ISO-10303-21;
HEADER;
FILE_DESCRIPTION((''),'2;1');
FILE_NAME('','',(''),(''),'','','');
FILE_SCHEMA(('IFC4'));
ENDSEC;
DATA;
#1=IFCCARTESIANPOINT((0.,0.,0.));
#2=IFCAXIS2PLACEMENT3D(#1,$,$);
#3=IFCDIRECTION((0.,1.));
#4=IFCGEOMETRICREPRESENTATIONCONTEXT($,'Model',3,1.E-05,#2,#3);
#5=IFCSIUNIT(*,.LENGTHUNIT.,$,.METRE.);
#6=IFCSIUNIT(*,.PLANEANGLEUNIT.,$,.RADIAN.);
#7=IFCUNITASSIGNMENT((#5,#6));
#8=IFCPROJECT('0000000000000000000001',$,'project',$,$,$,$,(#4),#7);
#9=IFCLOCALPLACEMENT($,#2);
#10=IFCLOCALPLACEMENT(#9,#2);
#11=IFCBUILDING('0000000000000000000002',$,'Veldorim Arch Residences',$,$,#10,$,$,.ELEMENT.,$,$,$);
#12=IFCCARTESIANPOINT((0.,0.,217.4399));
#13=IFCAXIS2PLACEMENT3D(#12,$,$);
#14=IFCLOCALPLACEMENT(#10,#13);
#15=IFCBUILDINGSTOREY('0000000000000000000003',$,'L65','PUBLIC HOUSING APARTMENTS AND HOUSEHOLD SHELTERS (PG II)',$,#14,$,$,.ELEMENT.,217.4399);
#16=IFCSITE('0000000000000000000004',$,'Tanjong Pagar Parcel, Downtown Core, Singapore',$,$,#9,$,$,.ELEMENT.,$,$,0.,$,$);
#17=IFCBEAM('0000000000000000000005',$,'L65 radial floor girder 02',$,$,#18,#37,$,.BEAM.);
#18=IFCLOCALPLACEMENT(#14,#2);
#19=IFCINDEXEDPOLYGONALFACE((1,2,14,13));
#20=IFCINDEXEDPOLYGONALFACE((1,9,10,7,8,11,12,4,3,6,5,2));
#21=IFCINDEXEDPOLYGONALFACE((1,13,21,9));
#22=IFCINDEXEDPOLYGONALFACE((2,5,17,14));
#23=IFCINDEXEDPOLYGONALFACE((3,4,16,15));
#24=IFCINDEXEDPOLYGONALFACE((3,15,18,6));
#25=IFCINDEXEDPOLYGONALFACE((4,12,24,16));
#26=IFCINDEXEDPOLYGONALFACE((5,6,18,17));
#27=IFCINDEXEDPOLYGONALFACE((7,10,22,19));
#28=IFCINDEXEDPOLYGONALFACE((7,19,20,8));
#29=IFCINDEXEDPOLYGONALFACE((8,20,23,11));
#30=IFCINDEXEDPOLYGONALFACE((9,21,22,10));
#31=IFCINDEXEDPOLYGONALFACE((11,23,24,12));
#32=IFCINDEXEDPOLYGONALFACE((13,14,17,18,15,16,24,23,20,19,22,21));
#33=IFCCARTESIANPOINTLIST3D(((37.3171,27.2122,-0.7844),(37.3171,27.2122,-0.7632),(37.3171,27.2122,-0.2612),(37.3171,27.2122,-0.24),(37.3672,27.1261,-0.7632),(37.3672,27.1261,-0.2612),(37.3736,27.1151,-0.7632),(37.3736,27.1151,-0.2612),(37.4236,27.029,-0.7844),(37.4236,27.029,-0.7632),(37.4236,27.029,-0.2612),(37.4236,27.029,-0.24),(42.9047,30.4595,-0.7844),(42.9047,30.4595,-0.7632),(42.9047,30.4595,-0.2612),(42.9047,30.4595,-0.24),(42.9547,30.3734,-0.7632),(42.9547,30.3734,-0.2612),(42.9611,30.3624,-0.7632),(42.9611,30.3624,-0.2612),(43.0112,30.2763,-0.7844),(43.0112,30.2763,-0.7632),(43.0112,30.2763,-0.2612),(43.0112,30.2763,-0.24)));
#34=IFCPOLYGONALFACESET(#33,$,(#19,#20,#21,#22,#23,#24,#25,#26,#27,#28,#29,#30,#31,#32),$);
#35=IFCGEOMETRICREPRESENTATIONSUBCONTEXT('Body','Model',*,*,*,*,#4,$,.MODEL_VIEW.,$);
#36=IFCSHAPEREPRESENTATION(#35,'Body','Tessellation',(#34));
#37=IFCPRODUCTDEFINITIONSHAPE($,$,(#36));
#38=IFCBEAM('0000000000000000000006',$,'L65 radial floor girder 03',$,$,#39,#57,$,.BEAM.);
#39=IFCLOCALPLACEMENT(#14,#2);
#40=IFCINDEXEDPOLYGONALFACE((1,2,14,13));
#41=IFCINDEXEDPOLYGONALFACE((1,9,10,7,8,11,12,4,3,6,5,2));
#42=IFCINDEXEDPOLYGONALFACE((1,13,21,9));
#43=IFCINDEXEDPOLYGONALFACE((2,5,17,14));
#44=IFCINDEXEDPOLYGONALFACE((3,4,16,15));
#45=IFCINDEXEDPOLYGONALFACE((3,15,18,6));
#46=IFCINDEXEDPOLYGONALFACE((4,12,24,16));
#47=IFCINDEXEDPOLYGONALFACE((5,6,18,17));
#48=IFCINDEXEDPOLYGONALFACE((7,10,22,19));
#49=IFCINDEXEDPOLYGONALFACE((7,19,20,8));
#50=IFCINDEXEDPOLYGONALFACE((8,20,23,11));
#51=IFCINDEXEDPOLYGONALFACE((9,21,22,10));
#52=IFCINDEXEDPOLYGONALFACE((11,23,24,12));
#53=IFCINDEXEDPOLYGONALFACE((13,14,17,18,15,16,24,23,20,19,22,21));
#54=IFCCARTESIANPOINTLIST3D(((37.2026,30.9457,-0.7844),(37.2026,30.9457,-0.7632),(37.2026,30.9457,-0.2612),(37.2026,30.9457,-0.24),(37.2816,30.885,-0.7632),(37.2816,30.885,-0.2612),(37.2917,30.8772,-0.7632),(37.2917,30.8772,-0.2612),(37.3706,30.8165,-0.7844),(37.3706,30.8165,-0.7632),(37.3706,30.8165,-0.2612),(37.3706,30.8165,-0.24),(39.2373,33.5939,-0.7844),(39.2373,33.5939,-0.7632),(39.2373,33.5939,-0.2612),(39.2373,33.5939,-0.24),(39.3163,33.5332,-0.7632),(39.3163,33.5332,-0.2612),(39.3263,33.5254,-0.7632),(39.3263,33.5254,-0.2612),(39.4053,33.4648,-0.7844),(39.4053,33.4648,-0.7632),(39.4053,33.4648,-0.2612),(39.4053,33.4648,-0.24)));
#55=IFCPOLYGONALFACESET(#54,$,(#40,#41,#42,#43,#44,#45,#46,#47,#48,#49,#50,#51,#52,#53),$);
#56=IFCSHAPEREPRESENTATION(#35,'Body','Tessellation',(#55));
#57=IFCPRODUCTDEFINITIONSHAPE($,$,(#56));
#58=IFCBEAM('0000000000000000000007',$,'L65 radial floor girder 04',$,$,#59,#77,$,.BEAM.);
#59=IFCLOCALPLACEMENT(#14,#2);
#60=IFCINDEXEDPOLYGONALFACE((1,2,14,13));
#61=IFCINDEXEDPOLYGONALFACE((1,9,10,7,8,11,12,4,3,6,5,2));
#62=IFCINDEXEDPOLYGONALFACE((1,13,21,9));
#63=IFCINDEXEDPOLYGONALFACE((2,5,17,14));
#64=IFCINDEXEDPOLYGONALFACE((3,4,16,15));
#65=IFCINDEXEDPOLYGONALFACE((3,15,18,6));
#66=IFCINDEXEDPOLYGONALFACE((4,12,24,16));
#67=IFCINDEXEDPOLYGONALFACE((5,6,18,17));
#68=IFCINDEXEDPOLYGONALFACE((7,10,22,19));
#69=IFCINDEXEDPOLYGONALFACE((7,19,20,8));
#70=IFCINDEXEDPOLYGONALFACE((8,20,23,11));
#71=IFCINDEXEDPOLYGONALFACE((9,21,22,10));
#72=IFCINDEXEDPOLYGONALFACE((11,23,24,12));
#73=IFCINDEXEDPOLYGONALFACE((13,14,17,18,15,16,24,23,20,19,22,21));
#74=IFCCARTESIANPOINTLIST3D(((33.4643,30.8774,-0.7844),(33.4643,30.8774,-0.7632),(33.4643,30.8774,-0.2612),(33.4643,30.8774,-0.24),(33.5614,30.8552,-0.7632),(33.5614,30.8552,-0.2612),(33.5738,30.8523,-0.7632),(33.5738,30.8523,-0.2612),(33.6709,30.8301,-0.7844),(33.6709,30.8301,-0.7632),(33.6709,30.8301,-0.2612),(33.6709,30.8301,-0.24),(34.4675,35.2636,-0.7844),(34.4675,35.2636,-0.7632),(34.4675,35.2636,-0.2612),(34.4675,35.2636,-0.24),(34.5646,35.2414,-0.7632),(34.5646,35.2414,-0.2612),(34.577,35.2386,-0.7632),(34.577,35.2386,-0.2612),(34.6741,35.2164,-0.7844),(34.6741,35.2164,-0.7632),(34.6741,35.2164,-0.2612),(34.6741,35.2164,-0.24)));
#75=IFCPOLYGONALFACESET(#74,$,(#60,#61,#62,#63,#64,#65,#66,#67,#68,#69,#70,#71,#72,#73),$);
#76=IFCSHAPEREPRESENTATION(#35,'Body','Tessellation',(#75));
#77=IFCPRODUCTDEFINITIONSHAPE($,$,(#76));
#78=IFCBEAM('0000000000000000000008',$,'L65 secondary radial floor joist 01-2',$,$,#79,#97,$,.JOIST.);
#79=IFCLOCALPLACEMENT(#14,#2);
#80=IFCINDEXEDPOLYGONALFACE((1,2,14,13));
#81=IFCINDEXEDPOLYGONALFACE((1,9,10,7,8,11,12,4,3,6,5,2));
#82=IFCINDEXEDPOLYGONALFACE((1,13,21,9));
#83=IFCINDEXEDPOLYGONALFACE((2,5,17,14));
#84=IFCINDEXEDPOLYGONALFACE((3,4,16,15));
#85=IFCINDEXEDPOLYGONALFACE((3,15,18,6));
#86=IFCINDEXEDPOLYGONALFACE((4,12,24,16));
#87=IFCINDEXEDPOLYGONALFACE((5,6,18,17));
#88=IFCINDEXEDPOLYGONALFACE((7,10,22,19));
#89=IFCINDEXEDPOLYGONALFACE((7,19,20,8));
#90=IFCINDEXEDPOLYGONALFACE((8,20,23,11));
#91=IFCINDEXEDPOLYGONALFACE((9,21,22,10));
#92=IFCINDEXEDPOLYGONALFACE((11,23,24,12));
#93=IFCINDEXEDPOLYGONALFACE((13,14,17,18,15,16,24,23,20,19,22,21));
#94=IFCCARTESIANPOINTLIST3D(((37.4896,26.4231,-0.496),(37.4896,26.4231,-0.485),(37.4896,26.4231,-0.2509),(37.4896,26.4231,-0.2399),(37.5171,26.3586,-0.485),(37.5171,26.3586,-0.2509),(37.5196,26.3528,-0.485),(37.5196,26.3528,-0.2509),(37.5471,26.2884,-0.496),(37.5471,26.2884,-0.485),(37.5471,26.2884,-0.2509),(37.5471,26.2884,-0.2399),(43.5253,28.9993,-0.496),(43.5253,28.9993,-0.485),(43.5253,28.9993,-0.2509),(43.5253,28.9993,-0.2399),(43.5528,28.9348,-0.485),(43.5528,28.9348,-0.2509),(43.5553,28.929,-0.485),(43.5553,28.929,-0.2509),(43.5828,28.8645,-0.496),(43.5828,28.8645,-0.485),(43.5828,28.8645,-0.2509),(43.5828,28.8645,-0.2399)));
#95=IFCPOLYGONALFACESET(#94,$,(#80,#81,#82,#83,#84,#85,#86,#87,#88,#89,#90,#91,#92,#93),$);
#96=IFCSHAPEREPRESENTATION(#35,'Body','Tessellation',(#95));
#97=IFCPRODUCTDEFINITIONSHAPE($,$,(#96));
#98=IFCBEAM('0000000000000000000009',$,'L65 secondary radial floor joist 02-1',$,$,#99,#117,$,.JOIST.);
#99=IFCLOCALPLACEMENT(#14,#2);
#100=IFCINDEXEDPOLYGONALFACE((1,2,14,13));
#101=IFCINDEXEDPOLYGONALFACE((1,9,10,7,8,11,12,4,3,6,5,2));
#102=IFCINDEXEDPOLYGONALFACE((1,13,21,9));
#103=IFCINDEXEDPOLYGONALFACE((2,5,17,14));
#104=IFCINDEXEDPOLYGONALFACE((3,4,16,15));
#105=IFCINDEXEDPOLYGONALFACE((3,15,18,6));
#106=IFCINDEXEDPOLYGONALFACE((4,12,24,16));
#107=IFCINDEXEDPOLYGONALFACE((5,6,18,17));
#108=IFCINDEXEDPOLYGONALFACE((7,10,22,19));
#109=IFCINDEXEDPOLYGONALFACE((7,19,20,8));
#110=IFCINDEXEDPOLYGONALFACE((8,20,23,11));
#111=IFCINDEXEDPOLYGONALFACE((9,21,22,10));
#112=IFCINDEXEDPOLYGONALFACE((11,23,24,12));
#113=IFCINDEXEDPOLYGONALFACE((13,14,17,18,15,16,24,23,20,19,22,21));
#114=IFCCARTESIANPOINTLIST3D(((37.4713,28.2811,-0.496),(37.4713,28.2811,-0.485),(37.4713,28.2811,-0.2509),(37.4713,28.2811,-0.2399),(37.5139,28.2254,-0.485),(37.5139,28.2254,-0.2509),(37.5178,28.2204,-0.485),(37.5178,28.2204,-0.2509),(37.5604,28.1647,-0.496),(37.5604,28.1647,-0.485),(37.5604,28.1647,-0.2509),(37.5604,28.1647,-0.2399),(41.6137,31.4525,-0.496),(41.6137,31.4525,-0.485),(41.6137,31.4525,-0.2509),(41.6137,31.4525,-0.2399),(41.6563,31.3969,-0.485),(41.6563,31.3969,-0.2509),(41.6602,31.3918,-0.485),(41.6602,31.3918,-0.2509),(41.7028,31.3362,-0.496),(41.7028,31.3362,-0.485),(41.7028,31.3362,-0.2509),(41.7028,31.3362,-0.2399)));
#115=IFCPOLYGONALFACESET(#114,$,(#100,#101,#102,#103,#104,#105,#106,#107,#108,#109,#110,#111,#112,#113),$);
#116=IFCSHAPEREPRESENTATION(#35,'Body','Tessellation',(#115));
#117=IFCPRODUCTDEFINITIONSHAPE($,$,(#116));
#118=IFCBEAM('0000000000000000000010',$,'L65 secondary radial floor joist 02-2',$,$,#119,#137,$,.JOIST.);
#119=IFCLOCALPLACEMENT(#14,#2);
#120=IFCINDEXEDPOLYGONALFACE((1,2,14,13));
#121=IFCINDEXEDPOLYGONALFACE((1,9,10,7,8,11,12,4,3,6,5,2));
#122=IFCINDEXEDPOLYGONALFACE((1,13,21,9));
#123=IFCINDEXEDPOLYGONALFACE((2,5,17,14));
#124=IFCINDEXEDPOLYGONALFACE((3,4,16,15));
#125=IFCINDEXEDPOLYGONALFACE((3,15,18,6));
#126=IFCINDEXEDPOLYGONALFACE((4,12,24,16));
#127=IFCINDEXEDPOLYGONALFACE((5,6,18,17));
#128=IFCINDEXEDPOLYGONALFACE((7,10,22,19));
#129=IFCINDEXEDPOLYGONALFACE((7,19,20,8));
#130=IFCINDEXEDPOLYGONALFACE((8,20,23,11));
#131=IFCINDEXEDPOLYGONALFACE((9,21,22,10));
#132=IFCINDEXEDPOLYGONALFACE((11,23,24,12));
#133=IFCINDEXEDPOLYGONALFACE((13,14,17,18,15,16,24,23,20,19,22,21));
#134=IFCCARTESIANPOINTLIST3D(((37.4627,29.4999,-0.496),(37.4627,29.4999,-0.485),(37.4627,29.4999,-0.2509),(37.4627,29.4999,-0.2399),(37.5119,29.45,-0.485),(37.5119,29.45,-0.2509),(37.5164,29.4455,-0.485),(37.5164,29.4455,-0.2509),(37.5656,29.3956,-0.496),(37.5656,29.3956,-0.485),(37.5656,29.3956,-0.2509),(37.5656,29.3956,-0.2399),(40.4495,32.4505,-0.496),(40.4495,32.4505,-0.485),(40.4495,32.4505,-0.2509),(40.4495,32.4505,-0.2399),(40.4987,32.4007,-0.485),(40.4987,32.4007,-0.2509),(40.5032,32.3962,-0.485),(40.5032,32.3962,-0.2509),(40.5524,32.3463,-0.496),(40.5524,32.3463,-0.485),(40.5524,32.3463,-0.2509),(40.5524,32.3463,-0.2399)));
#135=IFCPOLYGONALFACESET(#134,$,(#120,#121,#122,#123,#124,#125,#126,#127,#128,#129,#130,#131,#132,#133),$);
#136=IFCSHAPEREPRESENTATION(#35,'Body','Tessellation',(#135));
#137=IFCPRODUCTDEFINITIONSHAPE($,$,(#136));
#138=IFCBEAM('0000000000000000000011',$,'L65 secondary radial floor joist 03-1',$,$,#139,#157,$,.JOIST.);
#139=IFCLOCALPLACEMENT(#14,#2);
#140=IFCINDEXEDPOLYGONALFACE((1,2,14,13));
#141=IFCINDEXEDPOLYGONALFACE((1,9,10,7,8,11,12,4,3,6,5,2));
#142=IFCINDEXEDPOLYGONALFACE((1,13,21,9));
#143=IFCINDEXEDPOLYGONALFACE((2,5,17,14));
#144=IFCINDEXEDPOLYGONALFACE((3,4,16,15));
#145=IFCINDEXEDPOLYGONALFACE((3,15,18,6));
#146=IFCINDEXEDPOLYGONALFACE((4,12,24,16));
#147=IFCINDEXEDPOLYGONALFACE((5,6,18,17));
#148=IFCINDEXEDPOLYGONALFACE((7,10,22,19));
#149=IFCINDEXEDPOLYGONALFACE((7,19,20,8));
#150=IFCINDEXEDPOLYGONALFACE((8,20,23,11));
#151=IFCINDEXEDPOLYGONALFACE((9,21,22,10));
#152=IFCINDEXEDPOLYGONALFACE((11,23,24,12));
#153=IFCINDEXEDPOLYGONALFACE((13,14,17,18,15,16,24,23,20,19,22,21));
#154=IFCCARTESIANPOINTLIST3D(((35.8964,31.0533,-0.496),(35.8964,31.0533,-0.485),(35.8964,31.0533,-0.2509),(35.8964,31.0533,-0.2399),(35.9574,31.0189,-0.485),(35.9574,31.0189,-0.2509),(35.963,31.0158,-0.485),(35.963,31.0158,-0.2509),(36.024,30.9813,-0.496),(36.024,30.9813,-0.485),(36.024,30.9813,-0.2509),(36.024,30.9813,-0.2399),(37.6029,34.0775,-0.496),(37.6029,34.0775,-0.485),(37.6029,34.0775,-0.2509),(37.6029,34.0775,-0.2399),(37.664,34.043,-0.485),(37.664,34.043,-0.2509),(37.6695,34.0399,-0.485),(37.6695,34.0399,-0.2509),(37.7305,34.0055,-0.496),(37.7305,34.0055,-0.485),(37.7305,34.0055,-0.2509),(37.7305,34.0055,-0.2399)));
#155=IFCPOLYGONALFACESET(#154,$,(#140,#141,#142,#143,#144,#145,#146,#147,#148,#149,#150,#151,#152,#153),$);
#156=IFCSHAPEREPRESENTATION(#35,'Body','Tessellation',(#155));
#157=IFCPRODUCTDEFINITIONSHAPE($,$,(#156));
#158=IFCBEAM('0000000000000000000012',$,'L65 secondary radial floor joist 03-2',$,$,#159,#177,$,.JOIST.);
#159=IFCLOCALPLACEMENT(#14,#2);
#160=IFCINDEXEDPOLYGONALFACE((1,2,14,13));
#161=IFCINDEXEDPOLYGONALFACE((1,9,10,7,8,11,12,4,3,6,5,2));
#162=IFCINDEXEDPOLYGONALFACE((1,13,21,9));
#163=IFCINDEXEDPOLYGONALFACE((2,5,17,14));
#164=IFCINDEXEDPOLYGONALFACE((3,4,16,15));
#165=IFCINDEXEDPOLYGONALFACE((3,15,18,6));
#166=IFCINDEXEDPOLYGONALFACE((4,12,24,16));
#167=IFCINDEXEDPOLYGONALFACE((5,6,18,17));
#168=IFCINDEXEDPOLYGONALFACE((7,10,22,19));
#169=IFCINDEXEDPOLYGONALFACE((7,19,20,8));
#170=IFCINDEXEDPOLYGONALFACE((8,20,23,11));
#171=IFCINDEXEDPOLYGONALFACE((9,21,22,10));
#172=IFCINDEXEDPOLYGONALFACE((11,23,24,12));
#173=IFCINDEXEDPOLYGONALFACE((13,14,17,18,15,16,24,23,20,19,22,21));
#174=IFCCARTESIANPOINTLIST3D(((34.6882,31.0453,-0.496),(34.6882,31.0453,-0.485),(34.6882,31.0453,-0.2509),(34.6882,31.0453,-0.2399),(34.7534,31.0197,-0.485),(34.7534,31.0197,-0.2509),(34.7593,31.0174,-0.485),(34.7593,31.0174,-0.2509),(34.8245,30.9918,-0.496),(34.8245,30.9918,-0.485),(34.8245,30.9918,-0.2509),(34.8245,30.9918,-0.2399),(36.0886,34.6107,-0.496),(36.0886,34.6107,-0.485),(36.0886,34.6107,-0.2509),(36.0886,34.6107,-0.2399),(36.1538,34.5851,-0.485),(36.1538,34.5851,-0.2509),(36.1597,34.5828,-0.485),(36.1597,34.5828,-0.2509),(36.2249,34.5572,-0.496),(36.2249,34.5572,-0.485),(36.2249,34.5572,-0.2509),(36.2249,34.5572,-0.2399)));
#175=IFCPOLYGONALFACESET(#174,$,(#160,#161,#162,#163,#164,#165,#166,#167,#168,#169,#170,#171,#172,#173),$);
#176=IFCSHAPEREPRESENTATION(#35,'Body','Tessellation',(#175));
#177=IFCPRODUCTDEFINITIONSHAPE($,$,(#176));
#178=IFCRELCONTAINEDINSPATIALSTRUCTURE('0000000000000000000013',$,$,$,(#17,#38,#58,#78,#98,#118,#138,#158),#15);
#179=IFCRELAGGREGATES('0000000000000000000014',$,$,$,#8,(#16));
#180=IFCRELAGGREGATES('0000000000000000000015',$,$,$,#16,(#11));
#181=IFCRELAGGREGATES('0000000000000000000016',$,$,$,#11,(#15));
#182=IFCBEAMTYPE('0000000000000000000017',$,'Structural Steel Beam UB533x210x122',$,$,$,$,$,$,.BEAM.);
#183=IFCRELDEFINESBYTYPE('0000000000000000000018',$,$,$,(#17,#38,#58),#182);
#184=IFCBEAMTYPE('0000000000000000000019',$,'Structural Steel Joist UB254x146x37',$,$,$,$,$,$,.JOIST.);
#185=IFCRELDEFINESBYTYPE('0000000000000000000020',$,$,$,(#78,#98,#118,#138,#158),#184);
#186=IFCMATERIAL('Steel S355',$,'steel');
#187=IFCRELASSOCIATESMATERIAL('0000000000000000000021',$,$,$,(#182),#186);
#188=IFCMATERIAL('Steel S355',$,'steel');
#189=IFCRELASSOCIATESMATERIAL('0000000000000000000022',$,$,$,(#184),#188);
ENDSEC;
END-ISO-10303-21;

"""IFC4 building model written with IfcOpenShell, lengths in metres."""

from ifc_helpers import new_model, si_unit, direction, frame, origin, origin_2d, place, context, subcontext, project, spatial, i_section, extrude, material, material_profile, profile_set, type_object, element, save


model = new_model("IFC4")

# Units and contexts
model_context = context("Model", 3, precision=1e-05, world=origin(), true_north=direction((0.0, 1.0)))
body_context = subcontext(model_context, "Body", "Model", "MODEL_VIEW")
ifc_project = project(units=[si_unit("LENGTHUNIT", "METRE"), si_unit("PLANEANGLEUNIT", "RADIAN")], contexts=[model_context])

# Site, building, storey
site_placement = place(None, origin())
site = spatial("IfcSite", under=ifc_project, at=site_placement, Name="Tanjong Pagar Parcel, Downtown Core, Singapore", CompositionType="ELEMENT", RefElevation=0.0)
building_placement = place(site_placement, origin())
building = spatial("IfcBuilding", under=site, at=building_placement, Name="Veldorim Arch Residences", CompositionType="ELEMENT")
storey_placement = place(building_placement, frame((0.0, 0.0, 217.4399)))
storey = spatial("IfcBuildingStorey", under=building, at=storey_placement, Name="L65", Description="PUBLIC HOUSING APARTMENTS AND HOUSEHOLD SHELTERS (PG II)", CompositionType="ELEMENT", Elevation=217.4399)

# Beams
ifc_material_1 = material(Name="Steel S355", Category="steel")
ifc_material_profile_1 = material_profile(ifc_material_1, i_section(OverallWidth=0.2119, OverallDepth=0.5444, WebThickness=0.0127, FlangeThickness=0.0212, at=origin_2d()), Name="UB533x210x122")
ifc_profile_set_1 = profile_set([ifc_material_profile_1], Name="Steel S355")
beam_type_1 = type_object("IfcBeamType", Name="Structural Steel Beam UB533x210x122", PredefinedType="BEAM", material=ifc_profile_set_1)
beam_1_placement = place(storey_placement, frame((37.3704, 27.1206, -0.5122), z_axis=(0.864596, 0.502468, 0.0), x_axis=(-0.502468, 0.864596, 0.0)))
element("IfcBeam", 1, at=beam_1_placement, inside=storey, type_object=beam_type_1, Name="L65 radial floor girder 02", PredefinedType="BEAM", context=body_context, shape_type="SweptSolid", body=[
    extrude(i_section(OverallWidth=0.2119, OverallDepth=0.5444, WebThickness=0.0127, FlangeThickness=0.0212, at=origin_2d()), origin(), (0.0, 0.0, 1.0), 6.4626),
])
beam_2_placement = place(storey_placement, frame((37.2866, 30.8811, -0.5122), z_axis=(0.609258, 0.792972, 0.0), x_axis=(-0.792972, 0.609258, 0.0)))
element("IfcBeam", 2, at=beam_2_placement, inside=storey, type_object=beam_type_1, Name="L65 radial floor girder 03", PredefinedType="BEAM", context=body_context, shape_type="SweptSolid", body=[
    extrude(i_section(OverallWidth=0.2119, OverallDepth=0.5444, WebThickness=0.0127, FlangeThickness=0.0212, at=origin_2d()), origin(), (0.0, 0.0, 1.0), 3.3396),
])
beam_3_placement = place(storey_placement, frame((33.5676, 30.8538, -0.5122), z_axis=(0.222953, 0.974829, 0.0), x_axis=(-0.974829, 0.222953, 0.0)))
element("IfcBeam", 3, at=beam_3_placement, inside=storey, type_object=beam_type_1, Name="L65 radial floor girder 04", PredefinedType="BEAM", context=body_context, shape_type="SweptSolid", body=[
    extrude(i_section(OverallWidth=0.2119, OverallDepth=0.5444, WebThickness=0.0127, FlangeThickness=0.0212, at=origin_2d()), origin(), (0.0, 0.0, 1.0), 4.4995),
])
ifc_material_2 = material(Name="Steel S355", Category="steel")
ifc_material_profile_2 = material_profile(ifc_material_2, i_section(OverallWidth=0.1465, OverallDepth=0.2561, WebThickness=0.0063, FlangeThickness=0.011, at=origin_2d()), Name="UB254x146x37")
ifc_profile_set_2 = profile_set([ifc_material_profile_2], Name="Steel S355")
beam_type_2 = type_object("IfcBeamType", Name="Structural Steel Joist UB254x146x37", PredefinedType="JOIST", material=ifc_profile_set_2)
beam_4_placement = place(storey_placement, frame((37.5183, 26.3557, -0.3679), z_axis=(0.919725, 0.392563, 0.0), x_axis=(-0.392563, 0.919725, 0.0)))
element("IfcBeam", 4, at=beam_4_placement, inside=storey, type_object=beam_type_2, Name="L65 secondary radial floor joist 01-2", PredefinedType="JOIST", context=body_context, shape_type="SweptSolid", body=[
    extrude(i_section(OverallWidth=0.1465, OverallDepth=0.2561, WebThickness=0.0063, FlangeThickness=0.011, at=origin_2d()), origin(), (0.0, 0.0, 1.0), 6.5625),
])
beam_5_placement = place(storey_placement, frame((37.5159, 28.2229, -0.3679), z_axis=(0.794014, 0.6079, 0.0), x_axis=(-0.6079, 0.794014, 0.0)))
element("IfcBeam", 5, at=beam_5_placement, inside=storey, type_object=beam_type_2, Name="L65 secondary radial floor joist 02-1", PredefinedType="JOIST", context=body_context, shape_type="SweptSolid", body=[
    extrude(i_section(OverallWidth=0.1465, OverallDepth=0.2561, WebThickness=0.0063, FlangeThickness=0.011, at=origin_2d()), origin(), (0.0, 0.0, 1.0), 5.217),
])
beam_6_placement = place(storey_placement, frame((37.5142, 29.4478, -0.3679), z_axis=(0.711397, 0.702791, 0.0), x_axis=(-0.702791, 0.711397, 0.0)))
element("IfcBeam", 6, at=beam_6_placement, inside=storey, type_object=beam_type_2, Name="L65 secondary radial floor joist 02-2", PredefinedType="JOIST", context=body_context, shape_type="SweptSolid", body=[
    extrude(i_section(OverallWidth=0.1465, OverallDepth=0.2561, WebThickness=0.0063, FlangeThickness=0.011, at=origin_2d()), origin(), (0.0, 0.0, 1.0), 4.1985),
])
beam_7_placement = place(storey_placement, frame((35.9602, 31.0173, -0.3679), z_axis=(0.491452, 0.870904, 0.0), x_axis=(-0.870904, 0.491452, 0.0)))
element("IfcBeam", 7, at=beam_7_placement, inside=storey, type_object=beam_type_2, Name="L65 secondary radial floor joist 03-1", PredefinedType="JOIST", context=body_context, shape_type="SweptSolid", body=[
    extrude(i_section(OverallWidth=0.1465, OverallDepth=0.2561, WebThickness=0.0063, FlangeThickness=0.011, at=origin_2d()), origin(), (0.0, 0.0, 1.0), 3.4724),
])
beam_8_placement = place(storey_placement, frame((34.7563, 31.0186, -0.3679), z_axis=(0.365581, 0.930779, 0.0), x_axis=(-0.930779, 0.365581, 0.0)))
element("IfcBeam", 8, at=beam_8_placement, inside=storey, type_object=beam_type_2, Name="L65 secondary radial floor joist 03-2", PredefinedType="JOIST", context=body_context, shape_type="SweptSolid", body=[
    extrude(i_section(OverallWidth=0.1465, OverallDepth=0.2561, WebThickness=0.0063, FlangeThickness=0.011, at=origin_2d()), origin(), (0.0, 0.0, 1.0), 3.8306),
])

save(model, "model.ifc")
